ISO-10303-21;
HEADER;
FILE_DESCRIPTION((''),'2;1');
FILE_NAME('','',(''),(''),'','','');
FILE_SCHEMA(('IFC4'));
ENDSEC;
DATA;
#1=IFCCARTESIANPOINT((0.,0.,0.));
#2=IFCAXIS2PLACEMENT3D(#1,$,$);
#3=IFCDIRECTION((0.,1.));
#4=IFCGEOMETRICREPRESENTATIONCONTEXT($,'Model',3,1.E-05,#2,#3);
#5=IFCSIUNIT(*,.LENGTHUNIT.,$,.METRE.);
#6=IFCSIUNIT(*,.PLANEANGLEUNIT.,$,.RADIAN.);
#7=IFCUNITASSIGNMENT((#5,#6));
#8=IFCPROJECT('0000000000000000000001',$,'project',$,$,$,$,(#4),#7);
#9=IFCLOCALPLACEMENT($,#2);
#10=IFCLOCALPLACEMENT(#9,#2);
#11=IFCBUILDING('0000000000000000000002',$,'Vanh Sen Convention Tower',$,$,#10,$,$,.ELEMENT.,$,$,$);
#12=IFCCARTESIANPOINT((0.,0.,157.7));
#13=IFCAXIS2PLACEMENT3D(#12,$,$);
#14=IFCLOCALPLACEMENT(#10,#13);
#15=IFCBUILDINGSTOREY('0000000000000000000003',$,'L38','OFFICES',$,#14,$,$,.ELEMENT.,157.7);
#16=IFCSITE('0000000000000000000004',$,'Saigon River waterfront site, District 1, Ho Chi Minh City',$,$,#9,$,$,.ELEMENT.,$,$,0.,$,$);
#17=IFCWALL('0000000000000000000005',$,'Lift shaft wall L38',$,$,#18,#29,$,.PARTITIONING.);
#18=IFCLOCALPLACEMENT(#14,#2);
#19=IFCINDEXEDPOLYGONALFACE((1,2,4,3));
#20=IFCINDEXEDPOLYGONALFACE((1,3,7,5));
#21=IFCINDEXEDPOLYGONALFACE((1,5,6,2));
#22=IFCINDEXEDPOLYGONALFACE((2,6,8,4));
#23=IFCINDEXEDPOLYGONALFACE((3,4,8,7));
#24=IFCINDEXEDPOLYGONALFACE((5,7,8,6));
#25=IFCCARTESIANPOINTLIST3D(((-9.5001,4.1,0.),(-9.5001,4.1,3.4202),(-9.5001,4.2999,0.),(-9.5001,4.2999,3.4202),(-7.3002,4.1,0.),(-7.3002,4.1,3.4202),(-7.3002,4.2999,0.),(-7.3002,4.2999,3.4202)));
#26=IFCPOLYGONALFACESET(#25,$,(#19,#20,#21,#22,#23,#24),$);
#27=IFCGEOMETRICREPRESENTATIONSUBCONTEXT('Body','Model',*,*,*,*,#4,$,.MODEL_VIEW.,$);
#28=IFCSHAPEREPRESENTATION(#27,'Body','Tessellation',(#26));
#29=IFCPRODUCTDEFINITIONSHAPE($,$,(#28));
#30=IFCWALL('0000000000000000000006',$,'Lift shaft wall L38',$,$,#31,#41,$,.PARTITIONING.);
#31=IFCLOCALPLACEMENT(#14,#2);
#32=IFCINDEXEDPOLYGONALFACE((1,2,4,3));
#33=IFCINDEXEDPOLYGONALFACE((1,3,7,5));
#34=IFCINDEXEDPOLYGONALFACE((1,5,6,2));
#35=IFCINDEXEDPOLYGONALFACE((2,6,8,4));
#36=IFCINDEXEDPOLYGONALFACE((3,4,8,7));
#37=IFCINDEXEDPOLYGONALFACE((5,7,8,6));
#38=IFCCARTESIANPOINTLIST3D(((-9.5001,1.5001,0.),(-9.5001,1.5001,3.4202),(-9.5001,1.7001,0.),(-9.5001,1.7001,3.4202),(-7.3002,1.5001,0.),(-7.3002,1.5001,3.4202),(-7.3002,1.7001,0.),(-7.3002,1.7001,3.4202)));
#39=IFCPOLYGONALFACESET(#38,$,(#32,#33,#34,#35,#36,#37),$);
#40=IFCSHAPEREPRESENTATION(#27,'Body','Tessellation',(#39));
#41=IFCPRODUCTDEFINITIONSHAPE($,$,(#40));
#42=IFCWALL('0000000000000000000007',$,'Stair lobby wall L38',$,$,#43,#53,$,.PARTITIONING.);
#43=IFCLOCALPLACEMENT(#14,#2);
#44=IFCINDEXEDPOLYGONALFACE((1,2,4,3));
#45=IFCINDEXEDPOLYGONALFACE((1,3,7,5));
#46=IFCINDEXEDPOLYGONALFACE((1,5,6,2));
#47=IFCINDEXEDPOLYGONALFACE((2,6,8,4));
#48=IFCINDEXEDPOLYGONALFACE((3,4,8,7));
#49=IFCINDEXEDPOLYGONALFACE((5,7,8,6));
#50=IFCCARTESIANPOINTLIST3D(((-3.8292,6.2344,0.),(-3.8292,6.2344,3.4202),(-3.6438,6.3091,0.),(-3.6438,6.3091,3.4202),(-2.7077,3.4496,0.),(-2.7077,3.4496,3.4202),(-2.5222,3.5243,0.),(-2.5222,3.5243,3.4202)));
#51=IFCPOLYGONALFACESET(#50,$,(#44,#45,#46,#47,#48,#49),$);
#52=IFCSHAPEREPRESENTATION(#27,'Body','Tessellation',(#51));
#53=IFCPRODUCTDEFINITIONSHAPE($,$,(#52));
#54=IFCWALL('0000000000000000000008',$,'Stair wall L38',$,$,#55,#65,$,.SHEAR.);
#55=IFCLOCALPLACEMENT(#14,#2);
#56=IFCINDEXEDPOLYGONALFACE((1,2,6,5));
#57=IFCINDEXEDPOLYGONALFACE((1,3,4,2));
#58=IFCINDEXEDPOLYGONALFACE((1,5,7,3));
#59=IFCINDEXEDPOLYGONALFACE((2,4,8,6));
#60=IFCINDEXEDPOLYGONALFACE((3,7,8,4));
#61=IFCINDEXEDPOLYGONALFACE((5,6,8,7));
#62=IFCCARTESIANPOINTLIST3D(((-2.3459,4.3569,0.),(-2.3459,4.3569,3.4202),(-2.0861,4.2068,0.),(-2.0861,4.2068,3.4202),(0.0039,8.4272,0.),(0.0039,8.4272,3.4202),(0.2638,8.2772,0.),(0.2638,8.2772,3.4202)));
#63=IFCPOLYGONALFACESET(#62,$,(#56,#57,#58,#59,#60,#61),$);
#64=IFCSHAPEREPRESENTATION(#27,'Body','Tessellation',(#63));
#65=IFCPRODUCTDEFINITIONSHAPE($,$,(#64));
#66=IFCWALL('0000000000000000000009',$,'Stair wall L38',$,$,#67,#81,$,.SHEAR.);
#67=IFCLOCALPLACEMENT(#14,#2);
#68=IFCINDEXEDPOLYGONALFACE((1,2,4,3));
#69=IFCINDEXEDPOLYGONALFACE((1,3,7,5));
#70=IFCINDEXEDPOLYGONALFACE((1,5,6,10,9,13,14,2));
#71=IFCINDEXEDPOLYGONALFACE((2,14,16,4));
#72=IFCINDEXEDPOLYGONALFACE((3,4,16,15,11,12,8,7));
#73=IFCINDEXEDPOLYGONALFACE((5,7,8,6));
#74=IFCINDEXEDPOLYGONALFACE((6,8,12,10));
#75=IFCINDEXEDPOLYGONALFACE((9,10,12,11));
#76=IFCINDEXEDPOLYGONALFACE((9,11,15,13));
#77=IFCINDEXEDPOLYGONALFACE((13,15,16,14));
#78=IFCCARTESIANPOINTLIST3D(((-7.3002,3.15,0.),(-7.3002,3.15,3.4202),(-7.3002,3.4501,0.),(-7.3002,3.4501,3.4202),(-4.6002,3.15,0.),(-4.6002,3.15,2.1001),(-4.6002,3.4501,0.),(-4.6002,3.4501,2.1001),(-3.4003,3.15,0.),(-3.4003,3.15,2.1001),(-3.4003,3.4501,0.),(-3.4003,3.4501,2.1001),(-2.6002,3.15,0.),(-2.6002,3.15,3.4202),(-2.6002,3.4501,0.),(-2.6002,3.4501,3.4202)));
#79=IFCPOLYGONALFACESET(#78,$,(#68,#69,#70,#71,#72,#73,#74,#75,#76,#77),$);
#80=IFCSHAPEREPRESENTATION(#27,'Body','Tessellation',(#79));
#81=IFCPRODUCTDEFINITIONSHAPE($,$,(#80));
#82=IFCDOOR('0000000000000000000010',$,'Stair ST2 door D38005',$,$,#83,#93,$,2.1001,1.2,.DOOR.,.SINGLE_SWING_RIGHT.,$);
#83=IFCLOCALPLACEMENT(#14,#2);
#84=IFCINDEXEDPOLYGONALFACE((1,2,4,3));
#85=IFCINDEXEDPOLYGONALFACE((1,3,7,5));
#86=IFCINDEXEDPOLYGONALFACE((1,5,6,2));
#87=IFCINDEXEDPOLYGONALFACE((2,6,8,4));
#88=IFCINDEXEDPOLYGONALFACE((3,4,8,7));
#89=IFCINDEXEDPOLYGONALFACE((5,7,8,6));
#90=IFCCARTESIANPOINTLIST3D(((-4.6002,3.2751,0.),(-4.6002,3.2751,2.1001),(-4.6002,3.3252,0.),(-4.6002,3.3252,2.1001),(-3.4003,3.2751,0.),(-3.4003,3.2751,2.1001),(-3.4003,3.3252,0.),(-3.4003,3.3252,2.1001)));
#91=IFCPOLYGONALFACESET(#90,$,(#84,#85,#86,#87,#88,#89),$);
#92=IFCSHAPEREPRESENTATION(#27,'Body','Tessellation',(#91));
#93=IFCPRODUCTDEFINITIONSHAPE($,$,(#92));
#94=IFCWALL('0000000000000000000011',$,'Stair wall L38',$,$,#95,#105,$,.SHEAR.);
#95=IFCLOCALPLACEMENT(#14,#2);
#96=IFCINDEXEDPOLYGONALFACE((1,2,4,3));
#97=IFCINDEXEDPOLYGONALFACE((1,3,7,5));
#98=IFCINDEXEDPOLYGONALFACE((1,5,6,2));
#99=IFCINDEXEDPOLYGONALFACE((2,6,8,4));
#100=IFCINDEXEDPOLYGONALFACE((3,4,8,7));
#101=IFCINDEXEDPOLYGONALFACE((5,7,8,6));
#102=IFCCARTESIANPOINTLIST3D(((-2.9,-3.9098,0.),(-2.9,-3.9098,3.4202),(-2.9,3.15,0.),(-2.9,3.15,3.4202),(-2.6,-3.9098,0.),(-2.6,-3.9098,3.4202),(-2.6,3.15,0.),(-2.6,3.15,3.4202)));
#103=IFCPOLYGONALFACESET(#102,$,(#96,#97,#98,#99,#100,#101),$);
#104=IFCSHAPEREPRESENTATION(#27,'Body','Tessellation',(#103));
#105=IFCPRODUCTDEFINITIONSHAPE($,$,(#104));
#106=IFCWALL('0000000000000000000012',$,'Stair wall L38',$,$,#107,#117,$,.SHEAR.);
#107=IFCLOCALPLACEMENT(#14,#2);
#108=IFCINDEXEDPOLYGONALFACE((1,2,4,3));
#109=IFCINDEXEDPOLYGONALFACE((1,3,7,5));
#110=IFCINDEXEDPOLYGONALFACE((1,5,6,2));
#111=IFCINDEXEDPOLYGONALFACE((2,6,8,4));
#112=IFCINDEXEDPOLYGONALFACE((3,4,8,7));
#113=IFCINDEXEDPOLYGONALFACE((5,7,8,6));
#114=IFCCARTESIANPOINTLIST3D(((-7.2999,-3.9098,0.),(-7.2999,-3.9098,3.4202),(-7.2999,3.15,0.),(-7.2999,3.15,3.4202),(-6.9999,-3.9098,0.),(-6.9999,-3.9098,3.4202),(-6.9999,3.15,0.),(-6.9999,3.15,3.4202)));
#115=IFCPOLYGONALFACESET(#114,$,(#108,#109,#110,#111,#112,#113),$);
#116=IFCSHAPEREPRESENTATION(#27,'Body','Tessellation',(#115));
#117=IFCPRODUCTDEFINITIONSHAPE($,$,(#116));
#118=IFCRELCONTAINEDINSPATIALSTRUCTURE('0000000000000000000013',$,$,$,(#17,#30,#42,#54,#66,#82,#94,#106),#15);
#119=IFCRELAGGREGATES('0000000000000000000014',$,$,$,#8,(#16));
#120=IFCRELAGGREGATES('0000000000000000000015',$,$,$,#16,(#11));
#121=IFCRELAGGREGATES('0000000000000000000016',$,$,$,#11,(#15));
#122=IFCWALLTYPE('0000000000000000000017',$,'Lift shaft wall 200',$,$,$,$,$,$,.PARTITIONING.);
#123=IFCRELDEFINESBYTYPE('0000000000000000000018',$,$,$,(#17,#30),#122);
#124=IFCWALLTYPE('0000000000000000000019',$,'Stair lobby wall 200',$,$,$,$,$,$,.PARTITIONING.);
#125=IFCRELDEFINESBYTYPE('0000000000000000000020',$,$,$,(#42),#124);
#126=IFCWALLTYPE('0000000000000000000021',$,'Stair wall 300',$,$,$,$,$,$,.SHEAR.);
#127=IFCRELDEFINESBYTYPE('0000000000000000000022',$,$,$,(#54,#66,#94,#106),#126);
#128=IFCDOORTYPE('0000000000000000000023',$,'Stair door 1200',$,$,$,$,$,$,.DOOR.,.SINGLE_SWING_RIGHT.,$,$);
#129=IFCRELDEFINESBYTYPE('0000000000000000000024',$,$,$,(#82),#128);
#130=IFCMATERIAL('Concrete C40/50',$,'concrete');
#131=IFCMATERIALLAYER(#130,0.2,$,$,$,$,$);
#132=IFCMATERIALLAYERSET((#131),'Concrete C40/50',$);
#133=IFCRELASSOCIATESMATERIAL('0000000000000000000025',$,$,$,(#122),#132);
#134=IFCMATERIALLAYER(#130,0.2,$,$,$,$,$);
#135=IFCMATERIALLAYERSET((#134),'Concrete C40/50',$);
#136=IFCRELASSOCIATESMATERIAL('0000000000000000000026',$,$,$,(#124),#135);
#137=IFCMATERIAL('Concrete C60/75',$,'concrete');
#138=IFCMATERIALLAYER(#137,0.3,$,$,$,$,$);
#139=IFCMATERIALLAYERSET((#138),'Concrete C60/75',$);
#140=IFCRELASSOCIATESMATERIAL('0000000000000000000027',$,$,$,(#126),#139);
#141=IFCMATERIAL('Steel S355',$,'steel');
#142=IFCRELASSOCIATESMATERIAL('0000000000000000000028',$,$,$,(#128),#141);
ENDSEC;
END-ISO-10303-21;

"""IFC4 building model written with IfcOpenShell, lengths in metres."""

from ifc_helpers import new_model, si_unit, direction, frame, frame_2d, origin, place, context, subcontext, project, spatial, rectangle, extrude, material, layer, layer_set, type_object, element, fill, save


model = new_model("IFC4")

# Units and contexts
model_context = context("Model", 3, precision=1e-05, world=origin(), true_north=direction((0.0, 1.0)))
body_context = subcontext(model_context, "Body", "Model", "MODEL_VIEW")
ifc_project = project(units=[si_unit("LENGTHUNIT", "METRE"), si_unit("PLANEANGLEUNIT", "RADIAN")], contexts=[model_context])

# Site, building, storey
site_placement = place(None, origin())
site = spatial("IfcSite", under=ifc_project, at=site_placement, Name="Saigon River waterfront site, District 1, Ho Chi Minh City", CompositionType="ELEMENT", RefElevation=0.0)
building_placement = place(site_placement, origin())
building = spatial("IfcBuilding", under=site, at=building_placement, Name="Vanh Sen Convention Tower", CompositionType="ELEMENT")
storey_placement = place(building_placement, frame((0.0, 0.0, 157.7)))
storey = spatial("IfcBuildingStorey", under=building, at=storey_placement, Name="L38", Description="OFFICES", CompositionType="ELEMENT", Elevation=157.7)

# Shared definitions
ifc_material_1 = material(Name="Concrete C60/75", Category="concrete")

# Walls
ifc_material_2 = material(Name="Concrete C40/50", Category="concrete")
ifc_layer_1 = layer(ifc_material_2, 0.2)
ifc_layer_set_1 = layer_set([ifc_layer_1], Name="Concrete C40/50")
wall_type_1 = type_object("IfcWallType", Name="Lift shaft wall 200", PredefinedType="PARTITIONING", material=ifc_layer_set_1)
for number, where, z_axis, x_axis, name in (
    (1, (-7.3, 4.2, 0.0), (0.0, 0.0, 1.0), (-1.0, 0.0, 0.0), "Lift shaft wall L38"),
    (2, (-7.3, 1.6001, 0.0), (0.0, 0.0, 1.0), (-1.0, 0.0, 0.0), "Lift shaft wall L38"),
):
    element("IfcWall", number, at=place(storey_placement, frame(where, z_axis=z_axis, x_axis=x_axis)), inside=storey, type_object=wall_type_1, Name=name, PredefinedType="PARTITIONING", context=body_context, shape_type="SweptSolid", body=[
        extrude(rectangle(XDim=2.2, YDim=0.2, at=frame_2d((1.1001, 0.0))), origin(), (0.0, 0.0, 1.0), 3.4202),
    ])
ifc_layer_2 = layer(ifc_material_2, 0.2)
ifc_layer_set_2 = layer_set([ifc_layer_2], Name="Concrete C40/50")
wall_type_2 = type_object("IfcWallType", Name="Stair lobby wall 200", PredefinedType="PARTITIONING", material=ifc_layer_set_2)
wall_1_placement = place(storey_placement, frame((-2.615, 3.4871, 0.0), z_axis=(0.0, 0.0, 1.0), x_axis=(-0.373577, 0.927599, 0.0)))
element("IfcWall", 3, at=wall_1_placement, inside=storey, type_object=wall_type_2, Name="Stair lobby wall L38", PredefinedType="PARTITIONING", context=body_context, shape_type="SweptSolid", body=[
    extrude(rectangle(XDim=3.0022, YDim=0.2, at=frame_2d((1.501, 0.0))), origin(), (0.0, 0.0, 1.0), 3.4202),
])
ifc_layer_3 = layer(ifc_material_1, 0.3)
ifc_layer_set_3 = layer_set([ifc_layer_3], Name="Concrete C60/75")
wall_type_3 = type_object("IfcWallType", Name="Stair wall 300", PredefinedType="SHEAR", material=ifc_layer_set_3)
wall_2_placement = place(storey_placement, frame((-2.2161, 4.2817, 0.0), z_axis=(0.0, 0.0, 1.0), x_axis=(0.499977, 0.866039, 0.0)))
element("IfcWall", 4, at=wall_2_placement, inside=storey, type_object=wall_type_3, Name="Stair wall L38", PredefinedType="SHEAR", context=body_context, shape_type="SweptSolid", body=[
    extrude(rectangle(XDim=4.7, YDim=0.3, at=frame_2d((2.3501, 0.0))), origin(), (0.0, 0.0, 1.0), 3.4202),
])

# Wall, opening, door
wall_3_placement = place(storey_placement, frame((-2.6001, 3.3, 0.0), z_axis=(0.0, 0.0, 1.0), x_axis=(-1.0, 0.0, 0.0)))
wall_3 = element("IfcWall", 5, at=wall_3_placement, inside=storey, type_object=wall_type_3, Name="Stair wall L38", PredefinedType="SHEAR", context=body_context, shape_type="SweptSolid", body=[
    extrude(rectangle(XDim=4.7, YDim=0.3, at=frame_2d((2.3501, 0.0))), origin(), (0.0, 0.0, 1.0), 3.4202),
])
opening_1_placement = place(wall_3_placement, frame((0.8, 0.0, 0.0)))
opening_1 = element("IfcOpeningElement", 6, at=opening_1_placement, cuts=wall_3, PredefinedType="OPENING", context=body_context, shape_type="SweptSolid", body=[
    extrude(rectangle(XDim=1.2, YDim=2.1001, at=frame_2d((0.6001, 1.05))), frame((0.0, 0.1599, 0.0), z_axis=(0.0, -1.0, 0.0), x_axis=(1.0, 0.0, 0.0)), (0.0, 0.0, 1.0), 0.3201),
])
ifc_material_3 = material(Name="Steel S355", Category="steel")
door_type_1 = type_object("IfcDoorType", Name="Stair door 1200", OperationType="SINGLE_SWING_RIGHT", PredefinedType="DOOR", material=ifc_material_3)
door_1_placement = place(opening_1_placement, origin())
door_1 = element("IfcDoor", 7, at=door_1_placement, inside=storey, type_object=door_type_1, Name="Stair ST2 door D38005", OperationType="SINGLE_SWING_RIGHT", OverallHeight=2.1001, OverallWidth=1.2, PredefinedType="DOOR", context=body_context, shape_type="SweptSolid", body=[
    extrude(rectangle(XDim=1.2, YDim=2.1001, at=frame_2d((0.6001, 1.05))), frame((0.0, 0.0249, 0.0), z_axis=(0.0, -1.0, 0.0), x_axis=(1.0, 0.0, 0.0)), (0.0, 0.0, 1.0), 0.05),
])
fill(opening_1, door_1)

# Walls
for number, where, z_axis, x_axis, name in (
    (8, (-2.75, 3.1499, 0.0), (0.0, 0.0, 1.0), (0.0, -1.0, 0.0), "Stair wall L38"),
    (9, (-7.1499, 3.1499, 0.0), (0.0, 0.0, 1.0), (0.0, -1.0, 0.0), "Stair wall L38"),
):
    element("IfcWall", number, at=place(storey_placement, frame(where, z_axis=z_axis, x_axis=x_axis)), inside=storey, type_object=wall_type_3, Name=name, PredefinedType="SHEAR", context=body_context, shape_type="SweptSolid", body=[
        extrude(rectangle(XDim=7.0598, YDim=0.3, at=frame_2d((3.5298, 0.0))), origin(), (0.0, 0.0, 1.0), 3.4202),
    ])

save(model, "model.ifc")
